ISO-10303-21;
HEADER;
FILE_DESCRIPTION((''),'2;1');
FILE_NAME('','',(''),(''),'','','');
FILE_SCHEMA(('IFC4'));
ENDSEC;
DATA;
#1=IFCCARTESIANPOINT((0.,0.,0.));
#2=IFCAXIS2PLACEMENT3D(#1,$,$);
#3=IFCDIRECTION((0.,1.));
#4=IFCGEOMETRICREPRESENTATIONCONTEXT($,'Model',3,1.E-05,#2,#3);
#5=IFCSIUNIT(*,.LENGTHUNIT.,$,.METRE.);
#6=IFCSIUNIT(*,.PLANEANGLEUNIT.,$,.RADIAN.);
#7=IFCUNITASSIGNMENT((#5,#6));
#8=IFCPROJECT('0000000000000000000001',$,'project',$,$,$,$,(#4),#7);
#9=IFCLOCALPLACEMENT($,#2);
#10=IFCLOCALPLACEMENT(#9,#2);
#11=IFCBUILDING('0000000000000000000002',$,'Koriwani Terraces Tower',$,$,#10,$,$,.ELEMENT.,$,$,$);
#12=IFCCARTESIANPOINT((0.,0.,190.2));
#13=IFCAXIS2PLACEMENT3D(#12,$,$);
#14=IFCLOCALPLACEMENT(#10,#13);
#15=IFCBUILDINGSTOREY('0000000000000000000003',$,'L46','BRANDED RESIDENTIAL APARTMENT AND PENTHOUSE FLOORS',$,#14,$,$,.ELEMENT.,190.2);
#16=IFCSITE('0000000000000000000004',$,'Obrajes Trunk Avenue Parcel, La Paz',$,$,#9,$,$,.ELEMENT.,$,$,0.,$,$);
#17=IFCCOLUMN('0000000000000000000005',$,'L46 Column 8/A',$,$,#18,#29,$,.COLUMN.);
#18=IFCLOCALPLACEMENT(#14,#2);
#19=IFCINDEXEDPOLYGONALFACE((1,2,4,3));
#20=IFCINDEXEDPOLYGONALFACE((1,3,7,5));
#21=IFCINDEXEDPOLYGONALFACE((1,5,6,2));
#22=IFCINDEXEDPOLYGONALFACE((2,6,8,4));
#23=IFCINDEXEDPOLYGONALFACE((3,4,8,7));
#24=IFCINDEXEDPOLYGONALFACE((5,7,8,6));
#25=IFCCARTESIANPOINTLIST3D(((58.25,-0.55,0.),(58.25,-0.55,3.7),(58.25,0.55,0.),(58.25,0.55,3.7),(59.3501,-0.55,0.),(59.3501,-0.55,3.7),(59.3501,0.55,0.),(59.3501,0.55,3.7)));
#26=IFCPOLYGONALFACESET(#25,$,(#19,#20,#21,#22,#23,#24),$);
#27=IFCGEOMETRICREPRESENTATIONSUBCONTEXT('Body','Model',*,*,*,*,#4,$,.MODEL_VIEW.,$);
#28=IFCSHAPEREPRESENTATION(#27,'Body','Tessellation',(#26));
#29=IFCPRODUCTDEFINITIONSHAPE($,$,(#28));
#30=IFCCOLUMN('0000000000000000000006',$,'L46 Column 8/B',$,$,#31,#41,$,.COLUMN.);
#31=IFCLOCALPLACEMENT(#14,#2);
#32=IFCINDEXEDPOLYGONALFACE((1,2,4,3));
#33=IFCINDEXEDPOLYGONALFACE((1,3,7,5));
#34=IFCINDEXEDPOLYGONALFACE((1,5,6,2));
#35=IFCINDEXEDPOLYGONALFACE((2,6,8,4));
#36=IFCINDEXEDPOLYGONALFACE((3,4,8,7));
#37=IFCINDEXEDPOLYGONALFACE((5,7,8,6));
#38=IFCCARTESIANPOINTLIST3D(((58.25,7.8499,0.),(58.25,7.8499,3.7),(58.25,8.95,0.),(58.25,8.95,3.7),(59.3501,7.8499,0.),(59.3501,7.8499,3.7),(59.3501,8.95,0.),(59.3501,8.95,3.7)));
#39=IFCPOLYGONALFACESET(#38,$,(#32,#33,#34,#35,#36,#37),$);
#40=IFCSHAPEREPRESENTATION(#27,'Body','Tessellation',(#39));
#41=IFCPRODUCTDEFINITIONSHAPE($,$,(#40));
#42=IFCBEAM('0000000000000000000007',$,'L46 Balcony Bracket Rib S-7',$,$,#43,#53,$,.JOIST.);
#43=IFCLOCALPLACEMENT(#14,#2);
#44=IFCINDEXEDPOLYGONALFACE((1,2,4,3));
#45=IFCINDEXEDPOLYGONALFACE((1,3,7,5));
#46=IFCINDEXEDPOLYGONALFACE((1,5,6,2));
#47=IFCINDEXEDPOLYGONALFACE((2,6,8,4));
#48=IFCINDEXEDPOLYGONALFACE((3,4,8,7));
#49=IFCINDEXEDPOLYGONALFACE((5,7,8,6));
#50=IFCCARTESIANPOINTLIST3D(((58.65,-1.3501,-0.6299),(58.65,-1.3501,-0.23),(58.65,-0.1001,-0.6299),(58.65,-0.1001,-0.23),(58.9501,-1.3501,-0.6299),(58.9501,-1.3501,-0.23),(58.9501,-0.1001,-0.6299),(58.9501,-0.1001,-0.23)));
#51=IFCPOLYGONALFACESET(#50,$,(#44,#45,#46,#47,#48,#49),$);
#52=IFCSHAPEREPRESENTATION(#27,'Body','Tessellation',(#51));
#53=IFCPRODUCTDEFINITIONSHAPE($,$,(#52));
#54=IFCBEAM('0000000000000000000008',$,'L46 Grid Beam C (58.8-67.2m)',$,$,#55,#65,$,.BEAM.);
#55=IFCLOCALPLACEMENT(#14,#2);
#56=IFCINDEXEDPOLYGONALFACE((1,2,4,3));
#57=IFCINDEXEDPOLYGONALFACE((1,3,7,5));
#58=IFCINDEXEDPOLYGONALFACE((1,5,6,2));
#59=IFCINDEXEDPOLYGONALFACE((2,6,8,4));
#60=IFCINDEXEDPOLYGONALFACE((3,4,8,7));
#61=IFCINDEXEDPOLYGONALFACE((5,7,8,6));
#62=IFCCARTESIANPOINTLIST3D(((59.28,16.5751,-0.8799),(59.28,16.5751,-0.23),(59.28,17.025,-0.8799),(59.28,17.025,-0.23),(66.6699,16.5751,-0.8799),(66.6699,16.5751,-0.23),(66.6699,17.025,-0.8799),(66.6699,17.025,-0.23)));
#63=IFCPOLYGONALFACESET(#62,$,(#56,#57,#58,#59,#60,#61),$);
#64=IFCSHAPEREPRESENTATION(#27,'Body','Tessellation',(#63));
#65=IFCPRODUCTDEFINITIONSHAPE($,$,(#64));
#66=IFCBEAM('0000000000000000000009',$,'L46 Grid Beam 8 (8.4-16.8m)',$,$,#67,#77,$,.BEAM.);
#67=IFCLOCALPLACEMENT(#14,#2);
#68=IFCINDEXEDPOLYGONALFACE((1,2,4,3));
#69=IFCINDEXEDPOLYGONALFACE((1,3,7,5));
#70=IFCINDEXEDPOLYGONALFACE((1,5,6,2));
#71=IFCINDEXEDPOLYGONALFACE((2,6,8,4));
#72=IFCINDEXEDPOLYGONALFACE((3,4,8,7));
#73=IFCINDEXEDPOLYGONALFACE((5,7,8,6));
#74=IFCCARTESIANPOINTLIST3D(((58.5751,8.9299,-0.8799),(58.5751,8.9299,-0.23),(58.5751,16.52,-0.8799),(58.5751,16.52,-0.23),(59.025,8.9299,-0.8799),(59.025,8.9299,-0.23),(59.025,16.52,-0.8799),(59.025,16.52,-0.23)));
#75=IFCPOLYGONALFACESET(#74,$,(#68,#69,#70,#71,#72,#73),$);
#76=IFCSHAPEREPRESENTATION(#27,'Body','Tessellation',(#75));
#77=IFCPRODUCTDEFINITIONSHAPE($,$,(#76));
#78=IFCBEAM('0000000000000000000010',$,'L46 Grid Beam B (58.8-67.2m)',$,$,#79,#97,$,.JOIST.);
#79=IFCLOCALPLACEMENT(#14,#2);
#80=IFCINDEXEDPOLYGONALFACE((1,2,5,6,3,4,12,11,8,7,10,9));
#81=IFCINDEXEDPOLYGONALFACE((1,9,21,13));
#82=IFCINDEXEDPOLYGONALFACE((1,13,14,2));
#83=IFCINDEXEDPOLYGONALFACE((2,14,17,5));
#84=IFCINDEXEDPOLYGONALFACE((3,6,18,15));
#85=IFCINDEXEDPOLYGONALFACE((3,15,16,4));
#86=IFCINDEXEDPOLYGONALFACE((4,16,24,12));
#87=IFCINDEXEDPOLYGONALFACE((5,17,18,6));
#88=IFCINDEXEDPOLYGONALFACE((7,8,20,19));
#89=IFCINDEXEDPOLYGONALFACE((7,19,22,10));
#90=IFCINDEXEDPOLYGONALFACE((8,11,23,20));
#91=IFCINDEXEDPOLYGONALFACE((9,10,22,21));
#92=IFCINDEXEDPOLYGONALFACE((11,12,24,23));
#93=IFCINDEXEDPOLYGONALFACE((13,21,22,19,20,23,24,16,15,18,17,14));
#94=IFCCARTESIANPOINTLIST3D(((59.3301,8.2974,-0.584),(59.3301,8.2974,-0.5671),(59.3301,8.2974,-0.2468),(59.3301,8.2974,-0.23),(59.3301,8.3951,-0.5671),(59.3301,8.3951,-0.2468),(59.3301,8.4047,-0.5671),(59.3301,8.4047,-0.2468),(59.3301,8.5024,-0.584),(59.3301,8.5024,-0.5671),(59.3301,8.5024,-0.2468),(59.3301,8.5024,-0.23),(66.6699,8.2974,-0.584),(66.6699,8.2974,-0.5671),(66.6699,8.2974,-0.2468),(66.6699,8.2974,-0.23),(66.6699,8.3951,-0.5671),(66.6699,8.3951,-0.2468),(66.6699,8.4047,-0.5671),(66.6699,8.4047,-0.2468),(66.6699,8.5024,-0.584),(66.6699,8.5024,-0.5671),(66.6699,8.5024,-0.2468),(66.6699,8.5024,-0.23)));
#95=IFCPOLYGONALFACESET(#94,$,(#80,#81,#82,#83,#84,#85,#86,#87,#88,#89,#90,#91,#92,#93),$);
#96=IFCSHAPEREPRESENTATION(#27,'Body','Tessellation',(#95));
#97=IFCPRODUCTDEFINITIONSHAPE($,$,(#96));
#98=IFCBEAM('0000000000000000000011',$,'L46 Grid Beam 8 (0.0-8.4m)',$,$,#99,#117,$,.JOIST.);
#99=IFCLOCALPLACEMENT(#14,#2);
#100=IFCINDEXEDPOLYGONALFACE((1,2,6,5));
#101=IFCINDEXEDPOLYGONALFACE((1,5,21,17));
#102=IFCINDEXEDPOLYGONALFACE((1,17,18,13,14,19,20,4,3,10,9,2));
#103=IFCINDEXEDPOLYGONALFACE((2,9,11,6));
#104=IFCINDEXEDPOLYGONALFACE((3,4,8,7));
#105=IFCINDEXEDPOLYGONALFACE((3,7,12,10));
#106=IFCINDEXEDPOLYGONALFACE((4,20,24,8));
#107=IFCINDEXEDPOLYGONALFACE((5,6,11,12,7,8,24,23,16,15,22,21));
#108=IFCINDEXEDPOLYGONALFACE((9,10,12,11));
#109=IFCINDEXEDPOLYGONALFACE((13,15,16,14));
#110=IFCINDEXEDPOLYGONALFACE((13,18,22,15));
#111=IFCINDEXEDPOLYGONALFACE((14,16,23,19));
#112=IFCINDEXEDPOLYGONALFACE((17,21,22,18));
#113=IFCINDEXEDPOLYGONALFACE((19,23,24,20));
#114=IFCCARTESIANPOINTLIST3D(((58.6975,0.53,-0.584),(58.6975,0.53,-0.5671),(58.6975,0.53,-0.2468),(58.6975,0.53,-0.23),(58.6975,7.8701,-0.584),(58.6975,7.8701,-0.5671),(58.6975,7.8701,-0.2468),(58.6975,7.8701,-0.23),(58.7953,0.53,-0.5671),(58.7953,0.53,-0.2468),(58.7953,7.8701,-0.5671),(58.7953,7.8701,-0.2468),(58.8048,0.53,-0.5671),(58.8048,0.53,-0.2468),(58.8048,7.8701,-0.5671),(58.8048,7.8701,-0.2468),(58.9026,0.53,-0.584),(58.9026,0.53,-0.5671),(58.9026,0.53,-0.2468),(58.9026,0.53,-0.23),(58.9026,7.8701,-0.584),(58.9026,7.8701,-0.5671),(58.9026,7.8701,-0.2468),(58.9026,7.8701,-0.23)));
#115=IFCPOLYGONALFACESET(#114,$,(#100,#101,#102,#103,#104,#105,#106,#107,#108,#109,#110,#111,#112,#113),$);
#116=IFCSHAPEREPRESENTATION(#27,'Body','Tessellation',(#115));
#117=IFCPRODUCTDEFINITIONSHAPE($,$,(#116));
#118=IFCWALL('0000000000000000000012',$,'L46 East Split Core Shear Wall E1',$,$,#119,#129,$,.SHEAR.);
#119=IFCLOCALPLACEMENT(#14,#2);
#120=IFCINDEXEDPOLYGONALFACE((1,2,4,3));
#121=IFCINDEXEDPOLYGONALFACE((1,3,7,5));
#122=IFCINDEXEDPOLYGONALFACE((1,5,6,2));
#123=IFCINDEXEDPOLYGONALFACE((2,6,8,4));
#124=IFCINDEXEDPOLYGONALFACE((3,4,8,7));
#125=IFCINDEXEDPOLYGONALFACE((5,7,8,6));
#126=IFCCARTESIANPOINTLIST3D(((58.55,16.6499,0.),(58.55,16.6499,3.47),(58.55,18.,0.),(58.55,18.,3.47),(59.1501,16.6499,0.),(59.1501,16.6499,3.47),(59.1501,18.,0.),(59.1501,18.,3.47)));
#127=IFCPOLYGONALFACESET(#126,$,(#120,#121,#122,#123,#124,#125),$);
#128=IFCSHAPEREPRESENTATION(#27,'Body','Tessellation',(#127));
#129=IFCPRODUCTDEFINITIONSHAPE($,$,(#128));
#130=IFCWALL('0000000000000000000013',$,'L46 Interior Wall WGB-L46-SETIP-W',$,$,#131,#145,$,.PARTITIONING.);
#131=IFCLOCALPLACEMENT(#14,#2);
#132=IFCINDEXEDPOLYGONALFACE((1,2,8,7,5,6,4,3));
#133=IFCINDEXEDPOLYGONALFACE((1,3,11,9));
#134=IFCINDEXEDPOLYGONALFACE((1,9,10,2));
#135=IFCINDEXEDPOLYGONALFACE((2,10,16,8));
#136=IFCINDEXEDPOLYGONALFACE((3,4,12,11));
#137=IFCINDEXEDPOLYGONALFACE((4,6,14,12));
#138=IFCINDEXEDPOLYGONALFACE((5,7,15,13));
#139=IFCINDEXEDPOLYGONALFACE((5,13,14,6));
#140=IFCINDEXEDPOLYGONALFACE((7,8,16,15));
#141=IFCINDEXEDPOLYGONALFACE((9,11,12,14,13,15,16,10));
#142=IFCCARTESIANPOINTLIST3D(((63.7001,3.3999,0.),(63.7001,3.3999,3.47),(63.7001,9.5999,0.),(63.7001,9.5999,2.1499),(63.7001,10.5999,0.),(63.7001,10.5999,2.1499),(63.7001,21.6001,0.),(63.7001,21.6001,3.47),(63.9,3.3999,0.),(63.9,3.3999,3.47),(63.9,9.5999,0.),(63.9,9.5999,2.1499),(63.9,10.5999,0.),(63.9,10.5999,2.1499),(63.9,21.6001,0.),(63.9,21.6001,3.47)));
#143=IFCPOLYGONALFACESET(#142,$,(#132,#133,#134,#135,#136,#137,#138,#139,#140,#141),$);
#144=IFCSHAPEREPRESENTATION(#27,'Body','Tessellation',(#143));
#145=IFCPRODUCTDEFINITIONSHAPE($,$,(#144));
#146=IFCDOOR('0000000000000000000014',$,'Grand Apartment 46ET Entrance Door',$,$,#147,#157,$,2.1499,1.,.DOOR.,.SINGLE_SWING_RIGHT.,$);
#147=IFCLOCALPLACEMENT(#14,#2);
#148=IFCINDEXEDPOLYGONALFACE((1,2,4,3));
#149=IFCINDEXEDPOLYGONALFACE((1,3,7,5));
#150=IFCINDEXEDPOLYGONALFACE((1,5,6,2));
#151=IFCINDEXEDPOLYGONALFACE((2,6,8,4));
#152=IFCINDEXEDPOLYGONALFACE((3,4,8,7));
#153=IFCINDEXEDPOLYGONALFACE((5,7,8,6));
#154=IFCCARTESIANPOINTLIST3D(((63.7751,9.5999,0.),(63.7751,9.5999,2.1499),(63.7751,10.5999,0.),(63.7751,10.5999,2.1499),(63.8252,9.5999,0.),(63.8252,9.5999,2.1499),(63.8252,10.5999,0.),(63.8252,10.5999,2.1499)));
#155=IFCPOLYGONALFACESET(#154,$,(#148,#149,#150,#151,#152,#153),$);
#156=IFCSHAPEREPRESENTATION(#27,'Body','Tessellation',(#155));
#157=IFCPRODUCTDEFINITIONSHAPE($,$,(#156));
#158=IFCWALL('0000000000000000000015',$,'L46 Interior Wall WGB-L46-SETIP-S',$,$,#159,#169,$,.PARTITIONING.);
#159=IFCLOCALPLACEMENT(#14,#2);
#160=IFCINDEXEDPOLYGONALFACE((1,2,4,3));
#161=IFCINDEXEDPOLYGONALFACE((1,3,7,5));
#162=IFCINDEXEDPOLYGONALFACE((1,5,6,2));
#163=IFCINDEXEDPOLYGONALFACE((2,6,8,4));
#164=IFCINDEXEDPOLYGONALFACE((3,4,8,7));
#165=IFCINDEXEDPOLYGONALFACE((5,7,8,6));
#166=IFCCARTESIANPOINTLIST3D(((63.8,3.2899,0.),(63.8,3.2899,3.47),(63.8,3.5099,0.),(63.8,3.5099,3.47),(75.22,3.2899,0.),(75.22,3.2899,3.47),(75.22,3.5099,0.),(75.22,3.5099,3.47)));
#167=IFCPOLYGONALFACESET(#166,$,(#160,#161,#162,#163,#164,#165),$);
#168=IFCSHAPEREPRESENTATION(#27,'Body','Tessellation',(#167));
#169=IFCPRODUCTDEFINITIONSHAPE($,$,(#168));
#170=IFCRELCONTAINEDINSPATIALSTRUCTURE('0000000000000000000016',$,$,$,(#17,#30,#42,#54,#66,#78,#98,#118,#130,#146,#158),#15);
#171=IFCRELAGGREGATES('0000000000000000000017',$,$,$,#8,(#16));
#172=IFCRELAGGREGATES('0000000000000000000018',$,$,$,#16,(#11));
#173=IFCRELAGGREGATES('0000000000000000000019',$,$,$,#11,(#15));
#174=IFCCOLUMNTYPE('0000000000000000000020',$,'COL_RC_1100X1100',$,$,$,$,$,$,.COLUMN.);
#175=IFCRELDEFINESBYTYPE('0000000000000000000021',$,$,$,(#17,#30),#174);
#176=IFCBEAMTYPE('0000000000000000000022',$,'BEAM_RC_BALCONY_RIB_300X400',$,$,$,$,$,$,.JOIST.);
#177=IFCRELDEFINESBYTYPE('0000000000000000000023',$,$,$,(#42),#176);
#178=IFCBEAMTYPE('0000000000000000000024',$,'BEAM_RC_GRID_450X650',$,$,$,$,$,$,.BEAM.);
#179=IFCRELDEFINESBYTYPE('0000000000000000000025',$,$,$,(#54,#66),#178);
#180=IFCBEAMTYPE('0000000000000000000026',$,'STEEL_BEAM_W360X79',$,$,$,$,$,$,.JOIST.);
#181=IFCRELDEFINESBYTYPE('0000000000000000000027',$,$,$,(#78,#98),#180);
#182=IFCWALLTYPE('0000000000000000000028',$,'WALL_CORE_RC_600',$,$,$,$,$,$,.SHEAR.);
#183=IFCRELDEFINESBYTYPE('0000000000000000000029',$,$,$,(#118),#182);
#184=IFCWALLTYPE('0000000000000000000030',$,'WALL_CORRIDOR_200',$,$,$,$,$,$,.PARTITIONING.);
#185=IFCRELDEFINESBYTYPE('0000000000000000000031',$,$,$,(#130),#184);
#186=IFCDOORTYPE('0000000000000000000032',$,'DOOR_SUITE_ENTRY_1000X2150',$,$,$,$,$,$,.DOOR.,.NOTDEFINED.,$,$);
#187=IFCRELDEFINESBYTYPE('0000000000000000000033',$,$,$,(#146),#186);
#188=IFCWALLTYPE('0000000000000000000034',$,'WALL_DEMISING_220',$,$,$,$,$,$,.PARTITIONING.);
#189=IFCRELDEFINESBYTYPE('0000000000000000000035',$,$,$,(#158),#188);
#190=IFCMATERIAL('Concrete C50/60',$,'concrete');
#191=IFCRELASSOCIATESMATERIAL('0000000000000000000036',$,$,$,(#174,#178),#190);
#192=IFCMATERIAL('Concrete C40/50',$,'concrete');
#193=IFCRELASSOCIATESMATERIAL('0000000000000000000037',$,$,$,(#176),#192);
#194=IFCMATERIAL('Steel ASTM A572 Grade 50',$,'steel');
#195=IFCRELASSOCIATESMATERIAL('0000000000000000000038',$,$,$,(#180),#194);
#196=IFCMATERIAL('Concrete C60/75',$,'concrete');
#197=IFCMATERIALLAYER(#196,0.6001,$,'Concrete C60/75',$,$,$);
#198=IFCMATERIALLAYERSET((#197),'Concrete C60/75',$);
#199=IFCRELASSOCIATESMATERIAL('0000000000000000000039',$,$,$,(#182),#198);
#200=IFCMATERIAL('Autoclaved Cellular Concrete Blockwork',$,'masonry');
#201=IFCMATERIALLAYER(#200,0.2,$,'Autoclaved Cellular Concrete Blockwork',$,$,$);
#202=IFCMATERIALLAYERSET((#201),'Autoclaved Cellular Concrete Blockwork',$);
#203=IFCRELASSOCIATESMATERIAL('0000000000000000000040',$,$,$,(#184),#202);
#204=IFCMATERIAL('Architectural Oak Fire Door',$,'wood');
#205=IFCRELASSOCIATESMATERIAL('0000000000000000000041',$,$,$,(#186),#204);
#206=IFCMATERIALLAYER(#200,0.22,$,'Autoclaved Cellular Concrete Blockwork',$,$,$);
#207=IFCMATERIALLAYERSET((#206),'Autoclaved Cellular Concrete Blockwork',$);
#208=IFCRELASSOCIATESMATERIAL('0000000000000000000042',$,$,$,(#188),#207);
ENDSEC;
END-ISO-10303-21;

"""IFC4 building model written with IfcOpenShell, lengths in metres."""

from ifc_helpers import new_model, si_unit, direction, frame, frame_2d, origin, origin_2d, place, context, subcontext, project, spatial, rectangle, i_section, extrude, material, layer, layer_set, material_profile, profile_set, type_object, element, fill, save


model = new_model("IFC4")

# Units and contexts
model_context = context("Model", 3, precision=1e-05, world=origin(), true_north=direction((0.0, 1.0)))
body_context = subcontext(model_context, "Body", "Model", "MODEL_VIEW")
ifc_project = project(units=[si_unit("LENGTHUNIT", "METRE"), si_unit("PLANEANGLEUNIT", "RADIAN")], contexts=[model_context])

# Site, building, storey
site_placement = place(None, origin())
site = spatial("IfcSite", under=ifc_project, at=site_placement, Name="Obrajes Trunk Avenue Parcel, La Paz", CompositionType="ELEMENT", RefElevation=0.0)
building_placement = place(site_placement, origin())
building = spatial("IfcBuilding", under=site, at=building_placement, Name="Koriwani Terraces Tower", CompositionType="ELEMENT")
storey_placement = place(building_placement, frame((0.0, 0.0, 190.2)))
storey = spatial("IfcBuildingStorey", under=building, at=storey_placement, Name="L46", Description="BRANDED RESIDENTIAL APARTMENT AND PENTHOUSE FLOORS", CompositionType="ELEMENT", Elevation=190.2)

# Columns
ifc_material_1 = material(Name="Concrete C50/60", Category="concrete")
ifc_material_profile_1 = material_profile(ifc_material_1, rectangle(XDim=1.1001, YDim=1.1001, at=origin_2d()), Name="Concrete C50/60", Category="LoadBearing")
ifc_profile_set_1 = profile_set([ifc_material_profile_1], Name="Concrete C50/60")
column_type = type_object("IfcColumnType", Name="COL_RC_1100X1100", PredefinedType="COLUMN", material=ifc_profile_set_1)
for number, where, z_axis, x_axis, name in (
    (1, (58.8, 0.0, 0.0), (0.0, 0.0, 1.0), (1.0, 0.0, 0.0), "L46 Column 8/A"),
    (2, (58.8, 8.3999, 0.0), (0.0, 0.0, 1.0), (1.0, 0.0, 0.0), "L46 Column 8/B"),
):
    element("IfcColumn", number, at=place(storey_placement, frame(where, z_axis=z_axis, x_axis=x_axis)), inside=storey, type_object=column_type, Name=name, PredefinedType="COLUMN", context=body_context, shape_type="SweptSolid", body=[
        extrude(rectangle(XDim=1.1001, YDim=1.1001, at=origin_2d()), origin(), (0.0, 0.0, 1.0), 3.7),
    ])

# Beams
ifc_material_2 = material(Name="Concrete C40/50", Category="concrete")
ifc_material_profile_2 = material_profile(ifc_material_2, rectangle(XDim=0.3, YDim=0.3999, at=origin_2d()), Name="Concrete C40/50", Category="LoadBearing")
ifc_profile_set_2 = profile_set([ifc_material_profile_2], Name="Concrete C40/50")
beam_type_1 = type_object("IfcBeamType", Name="BEAM_RC_BALCONY_RIB_300X400", PredefinedType="JOIST", material=ifc_profile_set_2)
beam_1_placement = place(storey_placement, frame((58.8, -1.3501, -0.4299), z_axis=(0.0, 1.0, 0.0), x_axis=(-1.0, 0.0, 0.0)))
element("IfcBeam", 3, at=beam_1_placement, inside=storey, type_object=beam_type_1, Name="L46 Balcony Bracket Rib S-7", PredefinedType="JOIST", context=body_context, shape_type="SweptSolid", body=[
    extrude(rectangle(XDim=0.3, YDim=0.3999, at=origin_2d()), origin(), (0.0, 0.0, 1.0), 1.25),
])
ifc_material_profile_3 = material_profile(ifc_material_1, rectangle(XDim=0.45, YDim=0.6499, at=origin_2d()), Name="Concrete C50/60", Category="LoadBearing")
ifc_profile_set_3 = profile_set([ifc_material_profile_3], Name="Concrete C50/60")
beam_type_2 = type_object("IfcBeamType", Name="BEAM_RC_GRID_450X650", PredefinedType="BEAM", material=ifc_profile_set_3)
beam_2_placement = place(storey_placement, frame((59.28, 16.8, -0.5549), z_axis=(1.0, 0.0, 0.0), x_axis=(0.0, 1.0, 0.0)))
element("IfcBeam", 4, at=beam_2_placement, inside=storey, type_object=beam_type_2, Name="L46 Grid Beam C (58.8-67.2m)", PredefinedType="BEAM", context=body_context, shape_type="SweptSolid", body=[
    extrude(rectangle(XDim=0.45, YDim=0.6499, at=origin_2d()), origin(), (0.0, 0.0, 1.0), 7.3899),
])
beam_3_placement = place(storey_placement, frame((58.8, 8.9299, -0.5549), z_axis=(0.0, 1.0, 0.0), x_axis=(-1.0, 0.0, 0.0)))
element("IfcBeam", 5, at=beam_3_placement, inside=storey, type_object=beam_type_2, Name="L46 Grid Beam 8 (8.4-16.8m)", PredefinedType="BEAM", context=body_context, shape_type="SweptSolid", body=[
    extrude(rectangle(XDim=0.45, YDim=0.6499, at=origin_2d()), origin(), (0.0, 0.0, 1.0), 7.5901),
])
ifc_material_3 = material(Name="Steel ASTM A572 Grade 50", Category="steel")
ifc_material_profile_4 = material_profile(ifc_material_3, i_section(OverallWidth=0.2051, OverallDepth=0.354, WebThickness=0.0095, FlangeThickness=0.0168, at=origin_2d()), Name="Steel ASTM A572 Grade 50", Category="LoadBearing")
ifc_profile_set_4 = profile_set([ifc_material_profile_4], Name="Steel ASTM A572 Grade 50")
beam_type_3 = type_object("IfcBeamType", Name="STEEL_BEAM_W360X79", PredefinedType="JOIST", material=ifc_profile_set_4)
beam_4_placement = place(storey_placement, frame((59.3301, 8.3999, -0.407), z_axis=(1.0, 0.0, 0.0), x_axis=(0.0, 1.0, 0.0)))
element("IfcBeam", 6, at=beam_4_placement, inside=storey, type_object=beam_type_3, Name="L46 Grid Beam B (58.8-67.2m)", PredefinedType="JOIST", context=body_context, shape_type="SweptSolid", body=[
    extrude(i_section(OverallWidth=0.2051, OverallDepth=0.354, WebThickness=0.0095, FlangeThickness=0.0168, at=origin_2d()), origin(), (0.0, 0.0, 1.0), 7.3398),
])
beam_5_placement = place(storey_placement, frame((58.8, 0.53, -0.407), z_axis=(0.0, 1.0, 0.0), x_axis=(-1.0, 0.0, 0.0)))
element("IfcBeam", 7, at=beam_5_placement, inside=storey, type_object=beam_type_3, Name="L46 Grid Beam 8 (0.0-8.4m)", PredefinedType="JOIST", context=body_context, shape_type="SweptSolid", body=[
    extrude(i_section(OverallWidth=0.2051, OverallDepth=0.354, WebThickness=0.0095, FlangeThickness=0.0168, at=origin_2d()), origin(), (0.0, 0.0, 1.0), 7.3401),
])

# Wall
ifc_material_4 = material(Name="Concrete C60/75", Category="concrete")
ifc_layer_1 = layer(ifc_material_4, 0.6001, Name="Concrete C60/75")
ifc_layer_set_1 = layer_set([ifc_layer_1], Name="Concrete C60/75")
wall_type_1 = type_object("IfcWallType", Name="WALL_CORE_RC_600", PredefinedType="SHEAR", material=ifc_layer_set_1)
wall_1_placement = place(storey_placement, frame((58.8501, 16.6499, 0.0), z_axis=(0.0, 0.0, 1.0), x_axis=(0.0, 1.0, 0.0)))
element("IfcWall", 8, at=wall_1_placement, inside=storey, type_object=wall_type_1, Name="L46 East Split Core Shear Wall E1", PredefinedType="SHEAR", context=body_context, shape_type="SweptSolid", body=[
    extrude(rectangle(XDim=1.3501, YDim=0.6001, at=frame_2d((0.675, 0.0))), origin(), (0.0, 0.0, 1.0), 3.47),
])

# Wall, opening, door
ifc_material_5 = material(Name="Autoclaved Cellular Concrete Blockwork", Category="masonry")
ifc_layer_2 = layer(ifc_material_5, 0.2, Name="Autoclaved Cellular Concrete Blockwork")
ifc_layer_set_2 = layer_set([ifc_layer_2], Name="Autoclaved Cellular Concrete Blockwork")
wall_type_2 = type_object("IfcWallType", Name="WALL_CORRIDOR_200", PredefinedType="PARTITIONING", material=ifc_layer_set_2)
wall_2_placement = place(storey_placement, frame((63.8, 3.3999, 0.0), z_axis=(0.0, 0.0, 1.0), x_axis=(0.0, 1.0, 0.0)))
wall_2 = element("IfcWall", 9, at=wall_2_placement, inside=storey, type_object=wall_type_2, Name="L46 Interior Wall WGB-L46-SETIP-W", PredefinedType="PARTITIONING", context=body_context, shape_type="SweptSolid", body=[
    extrude(rectangle(XDim=18.2002, YDim=0.2, at=frame_2d((9.1001, 0.0))), origin(), (0.0, 0.0, 1.0), 3.47),
])
opening_placement = place(wall_2_placement, frame((6.2, 0.0, 0.0)))
opening = element("IfcOpeningElement", 10, at=opening_placement, cuts=wall_2, PredefinedType="OPENING", context=body_context, shape_type="SweptSolid", body=[
    extrude(rectangle(XDim=1.0, YDim=2.1499, at=frame_2d((0.5, 1.075))), frame((0.0, 0.1099, 0.0), z_axis=(0.0, -1.0, 0.0), x_axis=(1.0, 0.0, 0.0)), (0.0, 0.0, 1.0), 0.22),
])
ifc_material_6 = material(Name="Architectural Oak Fire Door", Category="wood")
door_type = type_object("IfcDoorType", Name="DOOR_SUITE_ENTRY_1000X2150", OperationType="NOTDEFINED", PredefinedType="DOOR", material=ifc_material_6)
door_placement = place(opening_placement, origin())
door = element("IfcDoor", 11, at=door_placement, inside=storey, type_object=door_type, Name="Grand Apartment 46ET Entrance Door", OperationType="SINGLE_SWING_RIGHT", OverallHeight=2.1499, OverallWidth=1.0, PredefinedType="DOOR", context=body_context, shape_type="SweptSolid", body=[
    extrude(rectangle(XDim=1.0, YDim=2.1499, at=frame_2d((0.5, 1.075))), frame((0.0, 0.0249, 0.0), z_axis=(0.0, -1.0, 0.0), x_axis=(1.0, 0.0, 0.0)), (0.0, 0.0, 1.0), 0.05),
])
fill(opening, door)

# Wall
ifc_layer_3 = layer(ifc_material_5, 0.22, Name="Autoclaved Cellular Concrete Blockwork")
ifc_layer_set_3 = layer_set([ifc_layer_3], Name="Autoclaved Cellular Concrete Blockwork")
wall_type_3 = type_object("IfcWallType", Name="WALL_DEMISING_220", PredefinedType="PARTITIONING", material=ifc_layer_set_3)
wall_3_placement = place(storey_placement, frame((63.8, 3.3999, 0.0), z_axis=(0.0, 0.0, 1.0), x_axis=(1.0, 0.0, 0.0)))
element("IfcWall", 12, at=wall_3_placement, inside=storey, type_object=wall_type_3, Name="L46 Interior Wall WGB-L46-SETIP-S", PredefinedType="PARTITIONING", context=body_context, shape_type="SweptSolid", body=[
    extrude(rectangle(XDim=11.4199, YDim=0.22, at=frame_2d((5.71, 0.0))), origin(), (0.0, 0.0, 1.0), 3.47),
])

save(model, "model.ifc")
